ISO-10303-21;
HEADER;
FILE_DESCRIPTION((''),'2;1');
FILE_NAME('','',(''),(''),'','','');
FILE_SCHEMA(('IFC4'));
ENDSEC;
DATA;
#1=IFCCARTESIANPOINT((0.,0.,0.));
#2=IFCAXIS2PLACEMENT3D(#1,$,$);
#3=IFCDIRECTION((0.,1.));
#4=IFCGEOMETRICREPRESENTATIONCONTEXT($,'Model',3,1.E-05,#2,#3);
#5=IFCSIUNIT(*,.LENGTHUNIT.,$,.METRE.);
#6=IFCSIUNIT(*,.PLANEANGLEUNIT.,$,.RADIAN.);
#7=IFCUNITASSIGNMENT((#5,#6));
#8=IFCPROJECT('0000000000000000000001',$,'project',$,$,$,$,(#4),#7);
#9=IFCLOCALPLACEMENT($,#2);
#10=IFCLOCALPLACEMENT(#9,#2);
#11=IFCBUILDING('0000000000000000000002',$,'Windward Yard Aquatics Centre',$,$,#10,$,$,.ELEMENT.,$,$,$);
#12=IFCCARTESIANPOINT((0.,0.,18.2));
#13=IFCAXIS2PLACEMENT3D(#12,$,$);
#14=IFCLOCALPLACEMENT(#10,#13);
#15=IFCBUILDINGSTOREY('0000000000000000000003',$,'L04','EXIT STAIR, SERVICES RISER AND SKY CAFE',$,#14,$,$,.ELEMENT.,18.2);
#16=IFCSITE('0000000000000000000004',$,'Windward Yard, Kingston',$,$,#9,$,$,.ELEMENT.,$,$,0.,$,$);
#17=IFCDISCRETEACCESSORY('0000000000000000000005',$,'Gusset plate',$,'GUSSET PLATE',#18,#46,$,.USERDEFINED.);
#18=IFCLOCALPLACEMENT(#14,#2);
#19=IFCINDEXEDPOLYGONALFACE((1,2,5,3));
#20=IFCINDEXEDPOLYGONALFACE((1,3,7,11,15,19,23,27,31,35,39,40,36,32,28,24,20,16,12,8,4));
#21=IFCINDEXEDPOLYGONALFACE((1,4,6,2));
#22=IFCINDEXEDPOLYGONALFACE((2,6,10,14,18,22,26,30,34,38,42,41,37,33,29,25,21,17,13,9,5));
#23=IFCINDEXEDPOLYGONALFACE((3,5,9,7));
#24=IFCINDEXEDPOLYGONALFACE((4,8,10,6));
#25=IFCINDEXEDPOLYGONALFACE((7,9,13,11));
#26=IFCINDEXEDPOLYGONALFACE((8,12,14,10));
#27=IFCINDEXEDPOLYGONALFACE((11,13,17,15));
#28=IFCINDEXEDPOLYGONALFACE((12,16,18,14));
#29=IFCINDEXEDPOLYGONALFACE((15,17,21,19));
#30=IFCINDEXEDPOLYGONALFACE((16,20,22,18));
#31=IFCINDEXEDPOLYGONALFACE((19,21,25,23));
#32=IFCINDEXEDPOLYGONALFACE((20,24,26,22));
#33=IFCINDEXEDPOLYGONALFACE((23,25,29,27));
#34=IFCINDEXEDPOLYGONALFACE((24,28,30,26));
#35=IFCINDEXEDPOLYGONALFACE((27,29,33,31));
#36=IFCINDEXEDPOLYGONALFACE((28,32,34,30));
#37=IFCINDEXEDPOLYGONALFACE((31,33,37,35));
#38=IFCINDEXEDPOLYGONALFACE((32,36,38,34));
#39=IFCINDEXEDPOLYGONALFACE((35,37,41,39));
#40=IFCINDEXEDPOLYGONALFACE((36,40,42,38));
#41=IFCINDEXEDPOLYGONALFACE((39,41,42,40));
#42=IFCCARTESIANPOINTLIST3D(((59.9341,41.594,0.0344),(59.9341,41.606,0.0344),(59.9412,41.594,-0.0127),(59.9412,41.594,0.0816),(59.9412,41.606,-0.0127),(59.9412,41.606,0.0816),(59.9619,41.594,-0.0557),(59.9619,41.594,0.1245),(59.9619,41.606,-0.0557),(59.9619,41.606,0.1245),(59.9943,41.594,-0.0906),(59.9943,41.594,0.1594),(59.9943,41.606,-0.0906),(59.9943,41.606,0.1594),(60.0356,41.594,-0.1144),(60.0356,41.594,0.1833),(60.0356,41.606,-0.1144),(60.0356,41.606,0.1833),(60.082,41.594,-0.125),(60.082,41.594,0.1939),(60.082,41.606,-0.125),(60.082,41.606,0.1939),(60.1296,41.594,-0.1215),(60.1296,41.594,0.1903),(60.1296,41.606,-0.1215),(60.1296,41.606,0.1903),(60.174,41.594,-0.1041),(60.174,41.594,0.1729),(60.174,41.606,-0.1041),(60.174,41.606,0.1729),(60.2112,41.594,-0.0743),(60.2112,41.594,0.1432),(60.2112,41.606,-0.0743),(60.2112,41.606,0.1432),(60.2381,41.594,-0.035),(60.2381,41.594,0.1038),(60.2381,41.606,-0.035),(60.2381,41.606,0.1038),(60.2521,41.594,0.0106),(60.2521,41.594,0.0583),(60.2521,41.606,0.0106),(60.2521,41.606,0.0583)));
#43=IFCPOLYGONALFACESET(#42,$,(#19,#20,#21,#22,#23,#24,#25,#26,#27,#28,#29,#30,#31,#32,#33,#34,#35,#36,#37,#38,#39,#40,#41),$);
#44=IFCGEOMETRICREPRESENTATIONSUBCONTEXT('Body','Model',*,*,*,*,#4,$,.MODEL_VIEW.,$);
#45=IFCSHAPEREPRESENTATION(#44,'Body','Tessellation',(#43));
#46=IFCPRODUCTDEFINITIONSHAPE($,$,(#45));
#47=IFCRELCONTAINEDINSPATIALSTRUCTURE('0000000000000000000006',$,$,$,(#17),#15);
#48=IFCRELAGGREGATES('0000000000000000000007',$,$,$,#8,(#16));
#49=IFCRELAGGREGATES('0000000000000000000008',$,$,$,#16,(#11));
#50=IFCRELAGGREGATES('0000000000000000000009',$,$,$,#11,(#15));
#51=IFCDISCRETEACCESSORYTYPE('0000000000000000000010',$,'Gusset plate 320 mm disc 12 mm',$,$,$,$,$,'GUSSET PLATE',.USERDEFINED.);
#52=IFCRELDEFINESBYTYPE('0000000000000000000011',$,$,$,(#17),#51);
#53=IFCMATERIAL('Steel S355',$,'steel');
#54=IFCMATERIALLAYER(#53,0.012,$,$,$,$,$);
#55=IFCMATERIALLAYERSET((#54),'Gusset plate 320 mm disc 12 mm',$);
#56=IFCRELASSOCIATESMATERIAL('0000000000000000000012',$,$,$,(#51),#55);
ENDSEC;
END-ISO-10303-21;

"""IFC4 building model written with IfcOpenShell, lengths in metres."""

from ifc_helpers import new_model, si_unit, direction, frame, origin, origin_2d, place, context, subcontext, project, spatial, circle, extrude, material, layer, layer_set, type_object, element, save


model = new_model("IFC4")

# Units and contexts
model_context = context("Model", 3, precision=1e-05, world=origin(), true_north=direction((0.0, 1.0)))
body_context = subcontext(model_context, "Body", "Model", "MODEL_VIEW")
ifc_project = project(units=[si_unit("LENGTHUNIT", "METRE"), si_unit("PLANEANGLEUNIT", "RADIAN")], contexts=[model_context])

# Site, building, storey
site_placement = place(None, origin())
site = spatial("IfcSite", under=ifc_project, at=site_placement, Name="Windward Yard, Kingston", CompositionType="ELEMENT", RefElevation=0.0)
building_placement = place(site_placement, origin())
building = spatial("IfcBuilding", under=site, at=building_placement, Name="Windward Yard Aquatics Centre", CompositionType="ELEMENT")
storey_placement = place(building_placement, frame((0.0, 0.0, 18.2)))
storey = spatial("IfcBuildingStorey", under=building, at=storey_placement, Name="L04", Description="EXIT STAIR, SERVICES RISER AND SKY CAFE", CompositionType="ELEMENT", Elevation=18.2)

# Discrete accessory
ifc_material_1 = material(Name="Steel S355", Category="steel")
ifc_layer_1 = layer(ifc_material_1, 0.012)
ifc_layer_set_1 = layer_set([ifc_layer_1], Name="Gusset plate 320 mm disc 12 mm")
discrete_accessory_type_1 = type_object("IfcDiscreteAccessoryType", Name="Gusset plate 320 mm disc 12 mm", ElementType="GUSSET PLATE", PredefinedType="USERDEFINED", material=ifc_layer_set_1)
discrete_accessory_1_placement = place(storey_placement, frame((60.094, 41.594, 0.0344), z_axis=(0.0, 1.0, 0.0), x_axis=(-1.0, 0.0, 0.0)))
element("IfcDiscreteAccessory", 1, at=discrete_accessory_1_placement, inside=storey, type_object=discrete_accessory_type_1, Name="Gusset plate", ObjectType="GUSSET PLATE", PredefinedType="USERDEFINED", context=body_context, shape_type="SweptSolid", body=[
    extrude(circle(Radius=0.1599, at=origin_2d()), origin(), (0.0, 0.0, 1.0), 0.012),
])

save(model, "model.ifc")
